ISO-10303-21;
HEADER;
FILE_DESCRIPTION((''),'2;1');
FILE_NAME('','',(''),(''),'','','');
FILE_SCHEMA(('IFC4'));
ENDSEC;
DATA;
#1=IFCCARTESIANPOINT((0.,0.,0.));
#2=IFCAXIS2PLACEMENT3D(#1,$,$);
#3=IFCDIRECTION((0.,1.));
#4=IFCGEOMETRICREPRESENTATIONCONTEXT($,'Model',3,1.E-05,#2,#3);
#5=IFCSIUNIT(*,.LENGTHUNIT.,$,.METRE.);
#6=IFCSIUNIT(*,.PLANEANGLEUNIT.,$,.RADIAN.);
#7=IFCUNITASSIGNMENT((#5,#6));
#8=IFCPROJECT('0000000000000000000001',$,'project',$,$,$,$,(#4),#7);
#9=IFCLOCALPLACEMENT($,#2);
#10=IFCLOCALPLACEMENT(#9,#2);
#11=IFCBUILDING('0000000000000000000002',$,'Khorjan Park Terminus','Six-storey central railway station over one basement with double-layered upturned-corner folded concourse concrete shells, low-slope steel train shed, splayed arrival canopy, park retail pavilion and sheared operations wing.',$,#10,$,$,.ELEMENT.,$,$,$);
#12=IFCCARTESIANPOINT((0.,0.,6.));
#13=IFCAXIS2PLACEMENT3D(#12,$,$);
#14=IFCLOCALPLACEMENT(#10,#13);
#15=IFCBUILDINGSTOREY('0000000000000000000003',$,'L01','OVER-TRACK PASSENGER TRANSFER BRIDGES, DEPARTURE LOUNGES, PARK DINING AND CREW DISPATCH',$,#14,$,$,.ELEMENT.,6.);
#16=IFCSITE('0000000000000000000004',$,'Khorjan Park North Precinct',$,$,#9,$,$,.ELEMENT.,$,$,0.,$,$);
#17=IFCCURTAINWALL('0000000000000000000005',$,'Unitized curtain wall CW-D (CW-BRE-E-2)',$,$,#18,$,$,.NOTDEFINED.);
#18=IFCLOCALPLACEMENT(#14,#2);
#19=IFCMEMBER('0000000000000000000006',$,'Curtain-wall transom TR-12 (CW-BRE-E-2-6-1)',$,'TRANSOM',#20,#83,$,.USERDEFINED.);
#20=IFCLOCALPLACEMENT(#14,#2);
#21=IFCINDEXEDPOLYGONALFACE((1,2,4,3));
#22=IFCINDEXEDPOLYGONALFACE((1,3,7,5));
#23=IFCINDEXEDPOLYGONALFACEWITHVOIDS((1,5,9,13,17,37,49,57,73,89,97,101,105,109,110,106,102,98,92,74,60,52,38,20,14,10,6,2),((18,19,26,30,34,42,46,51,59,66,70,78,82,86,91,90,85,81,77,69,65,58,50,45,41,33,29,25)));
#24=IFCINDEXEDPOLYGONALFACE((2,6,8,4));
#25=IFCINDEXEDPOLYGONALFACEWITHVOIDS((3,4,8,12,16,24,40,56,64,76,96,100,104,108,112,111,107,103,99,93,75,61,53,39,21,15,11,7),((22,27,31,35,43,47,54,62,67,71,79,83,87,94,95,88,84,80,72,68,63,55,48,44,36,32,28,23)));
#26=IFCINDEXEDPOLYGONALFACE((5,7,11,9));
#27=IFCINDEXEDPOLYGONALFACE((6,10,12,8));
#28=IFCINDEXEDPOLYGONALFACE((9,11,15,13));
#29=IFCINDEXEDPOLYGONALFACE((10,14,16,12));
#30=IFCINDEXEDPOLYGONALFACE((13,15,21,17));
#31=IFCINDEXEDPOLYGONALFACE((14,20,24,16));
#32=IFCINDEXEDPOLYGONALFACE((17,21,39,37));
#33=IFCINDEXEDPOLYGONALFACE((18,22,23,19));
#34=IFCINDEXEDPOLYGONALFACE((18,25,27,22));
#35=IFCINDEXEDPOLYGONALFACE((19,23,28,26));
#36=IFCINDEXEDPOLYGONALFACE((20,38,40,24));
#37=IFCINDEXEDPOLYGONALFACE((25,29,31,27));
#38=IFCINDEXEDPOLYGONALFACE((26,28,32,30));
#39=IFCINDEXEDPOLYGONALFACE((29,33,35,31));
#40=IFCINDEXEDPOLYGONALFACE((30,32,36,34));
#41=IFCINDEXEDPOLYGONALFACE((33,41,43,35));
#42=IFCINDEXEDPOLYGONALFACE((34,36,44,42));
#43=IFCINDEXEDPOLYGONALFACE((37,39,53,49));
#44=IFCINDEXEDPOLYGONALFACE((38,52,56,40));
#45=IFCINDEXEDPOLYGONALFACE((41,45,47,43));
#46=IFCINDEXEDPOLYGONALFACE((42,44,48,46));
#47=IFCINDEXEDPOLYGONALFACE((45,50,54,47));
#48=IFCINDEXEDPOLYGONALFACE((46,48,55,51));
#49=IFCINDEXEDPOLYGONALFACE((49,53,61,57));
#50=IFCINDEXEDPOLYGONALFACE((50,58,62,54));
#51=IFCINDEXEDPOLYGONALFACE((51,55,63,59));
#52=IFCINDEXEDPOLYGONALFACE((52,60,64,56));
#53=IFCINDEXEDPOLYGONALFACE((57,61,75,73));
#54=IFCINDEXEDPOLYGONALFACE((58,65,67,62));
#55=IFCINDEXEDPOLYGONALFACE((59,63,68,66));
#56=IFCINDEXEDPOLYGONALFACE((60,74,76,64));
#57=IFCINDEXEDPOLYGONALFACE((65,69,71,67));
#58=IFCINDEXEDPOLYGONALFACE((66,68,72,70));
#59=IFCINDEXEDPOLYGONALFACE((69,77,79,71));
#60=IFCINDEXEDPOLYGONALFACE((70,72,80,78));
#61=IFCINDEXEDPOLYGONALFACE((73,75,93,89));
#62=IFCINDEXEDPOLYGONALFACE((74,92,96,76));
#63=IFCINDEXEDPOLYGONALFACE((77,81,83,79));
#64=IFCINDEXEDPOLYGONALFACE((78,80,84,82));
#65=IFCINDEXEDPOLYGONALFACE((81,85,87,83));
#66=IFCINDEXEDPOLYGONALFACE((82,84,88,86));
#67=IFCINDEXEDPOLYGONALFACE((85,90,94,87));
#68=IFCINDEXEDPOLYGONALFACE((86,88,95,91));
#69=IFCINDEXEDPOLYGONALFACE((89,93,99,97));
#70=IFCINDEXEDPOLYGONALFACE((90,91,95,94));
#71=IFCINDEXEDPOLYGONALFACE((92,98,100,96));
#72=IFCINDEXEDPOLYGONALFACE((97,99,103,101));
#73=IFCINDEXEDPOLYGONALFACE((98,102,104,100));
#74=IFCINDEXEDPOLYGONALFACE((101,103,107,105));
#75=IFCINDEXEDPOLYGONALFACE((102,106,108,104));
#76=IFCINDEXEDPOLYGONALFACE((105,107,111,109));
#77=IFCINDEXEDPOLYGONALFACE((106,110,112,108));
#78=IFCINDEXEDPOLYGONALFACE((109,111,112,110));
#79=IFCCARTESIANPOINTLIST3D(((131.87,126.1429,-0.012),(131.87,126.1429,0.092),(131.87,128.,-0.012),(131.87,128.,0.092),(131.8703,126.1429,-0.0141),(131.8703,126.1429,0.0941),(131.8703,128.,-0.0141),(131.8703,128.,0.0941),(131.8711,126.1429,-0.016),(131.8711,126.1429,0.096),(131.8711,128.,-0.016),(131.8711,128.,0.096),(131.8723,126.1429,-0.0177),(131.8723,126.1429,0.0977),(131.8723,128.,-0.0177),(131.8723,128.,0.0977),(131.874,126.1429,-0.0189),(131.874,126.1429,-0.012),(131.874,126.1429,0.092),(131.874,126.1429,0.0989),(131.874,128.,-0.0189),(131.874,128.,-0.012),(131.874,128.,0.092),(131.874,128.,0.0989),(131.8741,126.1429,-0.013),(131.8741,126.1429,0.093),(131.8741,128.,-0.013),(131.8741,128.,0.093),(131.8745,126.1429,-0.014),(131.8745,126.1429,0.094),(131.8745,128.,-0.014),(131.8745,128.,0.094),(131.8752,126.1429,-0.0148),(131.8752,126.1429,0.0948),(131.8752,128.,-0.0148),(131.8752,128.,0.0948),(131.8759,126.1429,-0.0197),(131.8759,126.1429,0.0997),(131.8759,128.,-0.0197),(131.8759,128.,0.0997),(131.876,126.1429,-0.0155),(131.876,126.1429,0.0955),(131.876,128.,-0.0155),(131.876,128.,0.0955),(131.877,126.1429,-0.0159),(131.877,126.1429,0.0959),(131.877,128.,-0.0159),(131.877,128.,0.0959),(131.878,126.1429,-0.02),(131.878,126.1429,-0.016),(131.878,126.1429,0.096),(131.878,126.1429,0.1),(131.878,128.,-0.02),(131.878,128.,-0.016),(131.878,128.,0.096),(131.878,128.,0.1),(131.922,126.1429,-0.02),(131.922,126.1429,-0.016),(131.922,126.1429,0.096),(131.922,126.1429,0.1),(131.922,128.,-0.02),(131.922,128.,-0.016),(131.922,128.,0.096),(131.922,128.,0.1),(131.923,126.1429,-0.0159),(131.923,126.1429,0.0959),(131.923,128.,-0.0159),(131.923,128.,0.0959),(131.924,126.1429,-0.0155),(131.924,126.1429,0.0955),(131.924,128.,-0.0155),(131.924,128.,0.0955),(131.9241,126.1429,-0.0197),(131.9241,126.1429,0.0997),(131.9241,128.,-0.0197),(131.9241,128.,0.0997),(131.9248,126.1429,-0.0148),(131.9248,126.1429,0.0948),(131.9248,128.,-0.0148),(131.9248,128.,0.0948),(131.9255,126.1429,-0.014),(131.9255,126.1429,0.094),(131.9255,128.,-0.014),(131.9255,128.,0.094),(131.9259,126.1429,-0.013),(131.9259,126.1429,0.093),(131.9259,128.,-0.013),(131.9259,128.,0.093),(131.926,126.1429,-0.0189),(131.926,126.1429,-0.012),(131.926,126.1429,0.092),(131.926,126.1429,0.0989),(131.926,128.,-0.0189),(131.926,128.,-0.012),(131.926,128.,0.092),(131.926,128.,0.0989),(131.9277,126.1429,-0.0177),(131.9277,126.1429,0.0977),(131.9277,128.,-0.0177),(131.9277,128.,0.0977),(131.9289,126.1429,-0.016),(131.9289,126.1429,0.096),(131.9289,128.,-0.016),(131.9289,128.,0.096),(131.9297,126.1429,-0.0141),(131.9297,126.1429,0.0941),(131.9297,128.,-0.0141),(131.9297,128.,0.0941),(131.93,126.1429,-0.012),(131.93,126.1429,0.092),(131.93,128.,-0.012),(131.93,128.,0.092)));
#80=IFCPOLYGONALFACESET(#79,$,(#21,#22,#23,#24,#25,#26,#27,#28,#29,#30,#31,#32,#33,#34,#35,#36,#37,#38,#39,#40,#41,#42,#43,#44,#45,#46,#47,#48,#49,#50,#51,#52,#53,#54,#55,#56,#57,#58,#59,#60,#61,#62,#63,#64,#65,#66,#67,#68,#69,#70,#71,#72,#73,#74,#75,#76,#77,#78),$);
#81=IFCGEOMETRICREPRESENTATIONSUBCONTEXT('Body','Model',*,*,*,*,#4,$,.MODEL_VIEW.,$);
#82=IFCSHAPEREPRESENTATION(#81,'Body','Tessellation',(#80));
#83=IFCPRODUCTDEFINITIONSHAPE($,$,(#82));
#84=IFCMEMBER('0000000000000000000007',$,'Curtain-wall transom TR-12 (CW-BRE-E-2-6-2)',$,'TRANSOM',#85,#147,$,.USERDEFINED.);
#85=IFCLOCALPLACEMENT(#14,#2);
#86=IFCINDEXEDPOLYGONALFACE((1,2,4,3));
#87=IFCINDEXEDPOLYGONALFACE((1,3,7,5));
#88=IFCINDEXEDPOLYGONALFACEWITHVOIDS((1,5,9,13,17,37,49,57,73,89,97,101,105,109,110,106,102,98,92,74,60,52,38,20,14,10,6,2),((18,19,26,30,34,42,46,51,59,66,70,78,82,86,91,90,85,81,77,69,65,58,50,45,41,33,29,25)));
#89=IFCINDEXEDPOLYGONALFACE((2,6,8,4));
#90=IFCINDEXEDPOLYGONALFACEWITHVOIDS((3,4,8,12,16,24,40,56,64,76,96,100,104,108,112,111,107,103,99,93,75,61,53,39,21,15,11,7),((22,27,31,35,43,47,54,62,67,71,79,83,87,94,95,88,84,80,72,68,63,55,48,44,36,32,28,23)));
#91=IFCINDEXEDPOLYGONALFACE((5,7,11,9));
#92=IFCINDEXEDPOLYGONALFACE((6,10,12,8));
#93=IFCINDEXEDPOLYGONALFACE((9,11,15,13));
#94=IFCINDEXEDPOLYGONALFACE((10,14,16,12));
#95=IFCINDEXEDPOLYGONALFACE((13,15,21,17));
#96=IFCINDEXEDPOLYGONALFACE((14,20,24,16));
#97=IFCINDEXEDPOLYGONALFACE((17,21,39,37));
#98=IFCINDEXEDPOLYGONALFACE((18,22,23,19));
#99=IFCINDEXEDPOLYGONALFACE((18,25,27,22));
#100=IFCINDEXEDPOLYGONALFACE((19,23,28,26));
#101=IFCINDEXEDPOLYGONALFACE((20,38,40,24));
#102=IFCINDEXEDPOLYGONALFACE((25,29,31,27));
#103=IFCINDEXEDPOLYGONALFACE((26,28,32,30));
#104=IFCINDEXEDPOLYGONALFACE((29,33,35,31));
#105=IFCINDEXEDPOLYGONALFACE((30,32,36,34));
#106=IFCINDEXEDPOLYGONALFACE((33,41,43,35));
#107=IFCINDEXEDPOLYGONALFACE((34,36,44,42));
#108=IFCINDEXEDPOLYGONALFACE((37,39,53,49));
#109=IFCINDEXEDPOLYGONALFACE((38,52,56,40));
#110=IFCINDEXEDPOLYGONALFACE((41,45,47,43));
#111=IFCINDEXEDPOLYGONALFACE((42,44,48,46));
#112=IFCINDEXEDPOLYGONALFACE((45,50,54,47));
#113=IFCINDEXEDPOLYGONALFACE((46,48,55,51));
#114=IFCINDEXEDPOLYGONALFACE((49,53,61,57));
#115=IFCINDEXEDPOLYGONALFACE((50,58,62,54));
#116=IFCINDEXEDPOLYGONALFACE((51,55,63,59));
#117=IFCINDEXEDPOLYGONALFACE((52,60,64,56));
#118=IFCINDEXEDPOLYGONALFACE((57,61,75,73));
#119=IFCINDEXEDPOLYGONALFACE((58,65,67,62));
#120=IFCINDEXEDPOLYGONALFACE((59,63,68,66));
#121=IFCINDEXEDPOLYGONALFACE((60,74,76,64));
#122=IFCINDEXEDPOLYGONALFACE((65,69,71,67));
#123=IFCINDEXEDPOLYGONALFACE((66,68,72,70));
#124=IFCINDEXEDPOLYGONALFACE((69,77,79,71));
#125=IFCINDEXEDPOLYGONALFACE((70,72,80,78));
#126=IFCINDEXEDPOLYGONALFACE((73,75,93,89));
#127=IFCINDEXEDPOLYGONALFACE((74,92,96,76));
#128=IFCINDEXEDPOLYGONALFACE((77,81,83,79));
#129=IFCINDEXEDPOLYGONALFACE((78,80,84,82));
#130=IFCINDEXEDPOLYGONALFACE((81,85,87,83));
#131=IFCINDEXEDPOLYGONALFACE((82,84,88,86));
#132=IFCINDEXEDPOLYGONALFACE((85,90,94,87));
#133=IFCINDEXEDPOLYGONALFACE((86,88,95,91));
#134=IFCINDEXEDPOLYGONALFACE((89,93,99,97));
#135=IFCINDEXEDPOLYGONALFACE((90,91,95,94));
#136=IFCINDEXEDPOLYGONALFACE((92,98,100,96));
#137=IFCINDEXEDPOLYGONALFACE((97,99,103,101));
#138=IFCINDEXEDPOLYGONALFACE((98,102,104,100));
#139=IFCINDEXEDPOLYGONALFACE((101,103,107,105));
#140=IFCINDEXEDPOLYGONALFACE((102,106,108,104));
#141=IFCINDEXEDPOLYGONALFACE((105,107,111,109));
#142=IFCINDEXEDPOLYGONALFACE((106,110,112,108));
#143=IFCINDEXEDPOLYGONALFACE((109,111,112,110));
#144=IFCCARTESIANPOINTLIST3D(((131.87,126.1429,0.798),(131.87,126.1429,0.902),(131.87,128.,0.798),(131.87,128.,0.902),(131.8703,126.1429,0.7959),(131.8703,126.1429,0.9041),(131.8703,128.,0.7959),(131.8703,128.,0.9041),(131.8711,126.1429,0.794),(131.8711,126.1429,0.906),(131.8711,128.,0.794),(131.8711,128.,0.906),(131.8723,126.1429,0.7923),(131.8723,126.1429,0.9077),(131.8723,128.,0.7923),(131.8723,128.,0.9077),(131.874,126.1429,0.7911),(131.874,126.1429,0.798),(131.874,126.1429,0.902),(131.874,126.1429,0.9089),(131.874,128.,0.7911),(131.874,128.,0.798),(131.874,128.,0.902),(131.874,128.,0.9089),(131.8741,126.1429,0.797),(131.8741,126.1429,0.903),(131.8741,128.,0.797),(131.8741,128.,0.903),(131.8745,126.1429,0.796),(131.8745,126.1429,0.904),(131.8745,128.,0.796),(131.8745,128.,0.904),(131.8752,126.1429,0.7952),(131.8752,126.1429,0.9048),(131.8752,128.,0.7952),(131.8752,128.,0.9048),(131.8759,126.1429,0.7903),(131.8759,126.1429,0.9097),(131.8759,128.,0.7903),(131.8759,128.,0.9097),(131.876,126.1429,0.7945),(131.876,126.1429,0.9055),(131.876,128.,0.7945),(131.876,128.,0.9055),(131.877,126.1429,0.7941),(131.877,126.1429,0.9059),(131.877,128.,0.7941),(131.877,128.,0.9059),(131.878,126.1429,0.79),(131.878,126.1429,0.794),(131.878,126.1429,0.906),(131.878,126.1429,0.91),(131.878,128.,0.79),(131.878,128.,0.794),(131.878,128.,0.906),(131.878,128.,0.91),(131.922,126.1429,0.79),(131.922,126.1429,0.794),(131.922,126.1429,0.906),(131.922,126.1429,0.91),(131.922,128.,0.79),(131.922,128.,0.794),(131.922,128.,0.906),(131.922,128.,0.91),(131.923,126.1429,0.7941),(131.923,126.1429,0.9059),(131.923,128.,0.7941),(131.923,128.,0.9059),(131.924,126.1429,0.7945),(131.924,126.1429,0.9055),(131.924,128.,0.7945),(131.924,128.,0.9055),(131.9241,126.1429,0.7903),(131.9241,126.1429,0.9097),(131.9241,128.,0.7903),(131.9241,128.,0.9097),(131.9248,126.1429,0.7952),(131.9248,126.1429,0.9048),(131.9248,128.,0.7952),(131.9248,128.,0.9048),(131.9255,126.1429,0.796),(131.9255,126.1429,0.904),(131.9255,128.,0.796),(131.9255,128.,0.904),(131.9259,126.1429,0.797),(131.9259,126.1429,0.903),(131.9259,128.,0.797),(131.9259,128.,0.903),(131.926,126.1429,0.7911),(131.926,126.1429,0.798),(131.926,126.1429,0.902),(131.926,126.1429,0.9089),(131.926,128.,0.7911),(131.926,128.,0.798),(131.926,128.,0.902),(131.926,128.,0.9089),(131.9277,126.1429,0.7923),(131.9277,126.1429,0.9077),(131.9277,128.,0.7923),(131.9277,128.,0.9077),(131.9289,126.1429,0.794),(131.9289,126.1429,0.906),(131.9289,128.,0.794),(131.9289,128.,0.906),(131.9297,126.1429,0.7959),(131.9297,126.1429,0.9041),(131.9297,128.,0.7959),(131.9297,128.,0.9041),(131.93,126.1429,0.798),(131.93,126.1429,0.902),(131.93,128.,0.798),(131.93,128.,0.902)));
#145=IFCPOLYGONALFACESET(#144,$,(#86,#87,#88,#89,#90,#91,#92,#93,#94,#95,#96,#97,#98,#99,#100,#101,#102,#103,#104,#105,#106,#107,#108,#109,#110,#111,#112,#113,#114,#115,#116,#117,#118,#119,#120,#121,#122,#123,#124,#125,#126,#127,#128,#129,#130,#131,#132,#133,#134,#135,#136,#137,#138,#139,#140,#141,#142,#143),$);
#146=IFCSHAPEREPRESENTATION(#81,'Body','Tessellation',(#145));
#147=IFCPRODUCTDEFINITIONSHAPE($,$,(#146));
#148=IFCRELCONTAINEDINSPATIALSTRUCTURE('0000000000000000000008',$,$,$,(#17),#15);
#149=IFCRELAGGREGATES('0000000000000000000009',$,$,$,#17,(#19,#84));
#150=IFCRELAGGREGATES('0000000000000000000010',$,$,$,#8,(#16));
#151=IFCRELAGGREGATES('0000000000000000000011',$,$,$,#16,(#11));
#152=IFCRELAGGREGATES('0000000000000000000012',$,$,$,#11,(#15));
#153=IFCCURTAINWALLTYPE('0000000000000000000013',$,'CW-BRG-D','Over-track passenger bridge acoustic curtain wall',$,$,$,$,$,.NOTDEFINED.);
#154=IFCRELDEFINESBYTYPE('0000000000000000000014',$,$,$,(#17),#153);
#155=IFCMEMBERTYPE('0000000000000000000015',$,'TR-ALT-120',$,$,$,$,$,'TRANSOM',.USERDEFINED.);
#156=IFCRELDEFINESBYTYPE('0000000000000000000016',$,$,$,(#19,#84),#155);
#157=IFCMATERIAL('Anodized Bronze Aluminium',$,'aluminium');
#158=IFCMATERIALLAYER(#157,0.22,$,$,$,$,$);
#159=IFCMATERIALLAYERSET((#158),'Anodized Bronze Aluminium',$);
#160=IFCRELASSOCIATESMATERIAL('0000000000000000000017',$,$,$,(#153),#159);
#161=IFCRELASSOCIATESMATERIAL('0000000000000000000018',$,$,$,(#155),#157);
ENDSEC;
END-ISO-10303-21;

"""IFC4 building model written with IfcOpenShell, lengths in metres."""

from ifc_helpers import new_model, si_unit, direction, frame, origin, origin_2d, place, context, subcontext, project, spatial, hollow_rectangle, extrude, material, layer, layer_set, material_profile, profile_set, type_object, element, aggregate, save


model = new_model("IFC4")

# Units and contexts
model_context = context("Model", 3, precision=1e-05, world=origin(), true_north=direction((0.0, 1.0)))
body_context = subcontext(model_context, "Body", "Model", "MODEL_VIEW")
ifc_project = project(units=[si_unit("LENGTHUNIT", "METRE"), si_unit("PLANEANGLEUNIT", "RADIAN")], contexts=[model_context])

# Site, building, storey
site_placement = place(None, origin())
site = spatial("IfcSite", under=ifc_project, at=site_placement, Name="Khorjan Park North Precinct", CompositionType="ELEMENT", RefElevation=0.0)
building_placement = place(site_placement, origin())
building = spatial("IfcBuilding", under=site, at=building_placement, Name="Khorjan Park Terminus", Description="Six-storey central railway station over one basement with double-layered upturned-corner folded concourse concrete shells, low-slope steel train shed, splayed arrival canopy, park retail pavilion and sheared operations wing.", CompositionType="ELEMENT")
storey_placement = place(building_placement, frame((0.0, 0.0, 6.0)))
storey = spatial("IfcBuildingStorey", under=building, at=storey_placement, Name="L01", Description="OVER-TRACK PASSENGER TRANSFER BRIDGES, DEPARTURE LOUNGES, PARK DINING AND CREW DISPATCH", CompositionType="ELEMENT", Elevation=6.0)

# Curtain wall
ifc_material_1 = material(Name="Anodized Bronze Aluminium", Category="aluminium")
ifc_layer_1 = layer(ifc_material_1, 0.22)
ifc_layer_set_1 = layer_set([ifc_layer_1], Name="Anodized Bronze Aluminium")
curtain_wall_type = type_object("IfcCurtainWallType", Name="CW-BRG-D", Description="Over-track passenger bridge acoustic curtain wall", PredefinedType="NOTDEFINED", material=ifc_layer_set_1)
curtain_wall_1_placement = place(storey_placement, origin())
curtain_wall_1 = element("IfcCurtainWall", 1, at=curtain_wall_1_placement, inside=storey, type_object=curtain_wall_type, Name="Unitized curtain wall CW-D (CW-BRE-E-2)", PredefinedType="NOTDEFINED")

# Members
ifc_material_profile_1 = material_profile(ifc_material_1, hollow_rectangle(XDim=0.06, YDim=0.12, WallThickness=0.004, InnerFilletRadius=0.004, OuterFilletRadius=0.008, at=origin_2d()), Name="ALT 60x120x4")
ifc_profile_set_1 = profile_set([ifc_material_profile_1], Name="Anodized Bronze Aluminium")
member_type_1 = type_object("IfcMemberType", Name="TR-ALT-120", ElementType="TRANSOM", PredefinedType="USERDEFINED", material=ifc_profile_set_1)
member_1_placement = place(storey_placement, frame((131.9, 126.1429, 0.04), z_axis=(0.0, 1.0, 0.0), x_axis=(-1.0, 0.0, 0.0)))
member_1 = element("IfcMember", 2, at=member_1_placement, type_object=member_type_1, Name="Curtain-wall transom TR-12 (CW-BRE-E-2-6-1)", ObjectType="TRANSOM", PredefinedType="USERDEFINED", context=body_context, shape_type="SweptSolid", body=[
    extrude(hollow_rectangle(XDim=0.06, YDim=0.12, WallThickness=0.004, InnerFilletRadius=0.004, OuterFilletRadius=0.008, at=origin_2d()), origin(), (0.0, 0.0, 1.0), 1.8571),
])
member_2_placement = place(storey_placement, frame((131.9, 126.1429, 0.85), z_axis=(0.0, 1.0, 0.0), x_axis=(-1.0, 0.0, 0.0)))
member_2 = element("IfcMember", 3, at=member_2_placement, type_object=member_type_1, Name="Curtain-wall transom TR-12 (CW-BRE-E-2-6-2)", ObjectType="TRANSOM", PredefinedType="USERDEFINED", context=body_context, shape_type="SweptSolid", body=[
    extrude(hollow_rectangle(XDim=0.06, YDim=0.12, WallThickness=0.004, InnerFilletRadius=0.004, OuterFilletRadius=0.008, at=origin_2d()), origin(), (0.0, 0.0, 1.0), 1.8571),
])

aggregate(curtain_wall_1, [member_1, member_2])

save(model, "model.ifc")
